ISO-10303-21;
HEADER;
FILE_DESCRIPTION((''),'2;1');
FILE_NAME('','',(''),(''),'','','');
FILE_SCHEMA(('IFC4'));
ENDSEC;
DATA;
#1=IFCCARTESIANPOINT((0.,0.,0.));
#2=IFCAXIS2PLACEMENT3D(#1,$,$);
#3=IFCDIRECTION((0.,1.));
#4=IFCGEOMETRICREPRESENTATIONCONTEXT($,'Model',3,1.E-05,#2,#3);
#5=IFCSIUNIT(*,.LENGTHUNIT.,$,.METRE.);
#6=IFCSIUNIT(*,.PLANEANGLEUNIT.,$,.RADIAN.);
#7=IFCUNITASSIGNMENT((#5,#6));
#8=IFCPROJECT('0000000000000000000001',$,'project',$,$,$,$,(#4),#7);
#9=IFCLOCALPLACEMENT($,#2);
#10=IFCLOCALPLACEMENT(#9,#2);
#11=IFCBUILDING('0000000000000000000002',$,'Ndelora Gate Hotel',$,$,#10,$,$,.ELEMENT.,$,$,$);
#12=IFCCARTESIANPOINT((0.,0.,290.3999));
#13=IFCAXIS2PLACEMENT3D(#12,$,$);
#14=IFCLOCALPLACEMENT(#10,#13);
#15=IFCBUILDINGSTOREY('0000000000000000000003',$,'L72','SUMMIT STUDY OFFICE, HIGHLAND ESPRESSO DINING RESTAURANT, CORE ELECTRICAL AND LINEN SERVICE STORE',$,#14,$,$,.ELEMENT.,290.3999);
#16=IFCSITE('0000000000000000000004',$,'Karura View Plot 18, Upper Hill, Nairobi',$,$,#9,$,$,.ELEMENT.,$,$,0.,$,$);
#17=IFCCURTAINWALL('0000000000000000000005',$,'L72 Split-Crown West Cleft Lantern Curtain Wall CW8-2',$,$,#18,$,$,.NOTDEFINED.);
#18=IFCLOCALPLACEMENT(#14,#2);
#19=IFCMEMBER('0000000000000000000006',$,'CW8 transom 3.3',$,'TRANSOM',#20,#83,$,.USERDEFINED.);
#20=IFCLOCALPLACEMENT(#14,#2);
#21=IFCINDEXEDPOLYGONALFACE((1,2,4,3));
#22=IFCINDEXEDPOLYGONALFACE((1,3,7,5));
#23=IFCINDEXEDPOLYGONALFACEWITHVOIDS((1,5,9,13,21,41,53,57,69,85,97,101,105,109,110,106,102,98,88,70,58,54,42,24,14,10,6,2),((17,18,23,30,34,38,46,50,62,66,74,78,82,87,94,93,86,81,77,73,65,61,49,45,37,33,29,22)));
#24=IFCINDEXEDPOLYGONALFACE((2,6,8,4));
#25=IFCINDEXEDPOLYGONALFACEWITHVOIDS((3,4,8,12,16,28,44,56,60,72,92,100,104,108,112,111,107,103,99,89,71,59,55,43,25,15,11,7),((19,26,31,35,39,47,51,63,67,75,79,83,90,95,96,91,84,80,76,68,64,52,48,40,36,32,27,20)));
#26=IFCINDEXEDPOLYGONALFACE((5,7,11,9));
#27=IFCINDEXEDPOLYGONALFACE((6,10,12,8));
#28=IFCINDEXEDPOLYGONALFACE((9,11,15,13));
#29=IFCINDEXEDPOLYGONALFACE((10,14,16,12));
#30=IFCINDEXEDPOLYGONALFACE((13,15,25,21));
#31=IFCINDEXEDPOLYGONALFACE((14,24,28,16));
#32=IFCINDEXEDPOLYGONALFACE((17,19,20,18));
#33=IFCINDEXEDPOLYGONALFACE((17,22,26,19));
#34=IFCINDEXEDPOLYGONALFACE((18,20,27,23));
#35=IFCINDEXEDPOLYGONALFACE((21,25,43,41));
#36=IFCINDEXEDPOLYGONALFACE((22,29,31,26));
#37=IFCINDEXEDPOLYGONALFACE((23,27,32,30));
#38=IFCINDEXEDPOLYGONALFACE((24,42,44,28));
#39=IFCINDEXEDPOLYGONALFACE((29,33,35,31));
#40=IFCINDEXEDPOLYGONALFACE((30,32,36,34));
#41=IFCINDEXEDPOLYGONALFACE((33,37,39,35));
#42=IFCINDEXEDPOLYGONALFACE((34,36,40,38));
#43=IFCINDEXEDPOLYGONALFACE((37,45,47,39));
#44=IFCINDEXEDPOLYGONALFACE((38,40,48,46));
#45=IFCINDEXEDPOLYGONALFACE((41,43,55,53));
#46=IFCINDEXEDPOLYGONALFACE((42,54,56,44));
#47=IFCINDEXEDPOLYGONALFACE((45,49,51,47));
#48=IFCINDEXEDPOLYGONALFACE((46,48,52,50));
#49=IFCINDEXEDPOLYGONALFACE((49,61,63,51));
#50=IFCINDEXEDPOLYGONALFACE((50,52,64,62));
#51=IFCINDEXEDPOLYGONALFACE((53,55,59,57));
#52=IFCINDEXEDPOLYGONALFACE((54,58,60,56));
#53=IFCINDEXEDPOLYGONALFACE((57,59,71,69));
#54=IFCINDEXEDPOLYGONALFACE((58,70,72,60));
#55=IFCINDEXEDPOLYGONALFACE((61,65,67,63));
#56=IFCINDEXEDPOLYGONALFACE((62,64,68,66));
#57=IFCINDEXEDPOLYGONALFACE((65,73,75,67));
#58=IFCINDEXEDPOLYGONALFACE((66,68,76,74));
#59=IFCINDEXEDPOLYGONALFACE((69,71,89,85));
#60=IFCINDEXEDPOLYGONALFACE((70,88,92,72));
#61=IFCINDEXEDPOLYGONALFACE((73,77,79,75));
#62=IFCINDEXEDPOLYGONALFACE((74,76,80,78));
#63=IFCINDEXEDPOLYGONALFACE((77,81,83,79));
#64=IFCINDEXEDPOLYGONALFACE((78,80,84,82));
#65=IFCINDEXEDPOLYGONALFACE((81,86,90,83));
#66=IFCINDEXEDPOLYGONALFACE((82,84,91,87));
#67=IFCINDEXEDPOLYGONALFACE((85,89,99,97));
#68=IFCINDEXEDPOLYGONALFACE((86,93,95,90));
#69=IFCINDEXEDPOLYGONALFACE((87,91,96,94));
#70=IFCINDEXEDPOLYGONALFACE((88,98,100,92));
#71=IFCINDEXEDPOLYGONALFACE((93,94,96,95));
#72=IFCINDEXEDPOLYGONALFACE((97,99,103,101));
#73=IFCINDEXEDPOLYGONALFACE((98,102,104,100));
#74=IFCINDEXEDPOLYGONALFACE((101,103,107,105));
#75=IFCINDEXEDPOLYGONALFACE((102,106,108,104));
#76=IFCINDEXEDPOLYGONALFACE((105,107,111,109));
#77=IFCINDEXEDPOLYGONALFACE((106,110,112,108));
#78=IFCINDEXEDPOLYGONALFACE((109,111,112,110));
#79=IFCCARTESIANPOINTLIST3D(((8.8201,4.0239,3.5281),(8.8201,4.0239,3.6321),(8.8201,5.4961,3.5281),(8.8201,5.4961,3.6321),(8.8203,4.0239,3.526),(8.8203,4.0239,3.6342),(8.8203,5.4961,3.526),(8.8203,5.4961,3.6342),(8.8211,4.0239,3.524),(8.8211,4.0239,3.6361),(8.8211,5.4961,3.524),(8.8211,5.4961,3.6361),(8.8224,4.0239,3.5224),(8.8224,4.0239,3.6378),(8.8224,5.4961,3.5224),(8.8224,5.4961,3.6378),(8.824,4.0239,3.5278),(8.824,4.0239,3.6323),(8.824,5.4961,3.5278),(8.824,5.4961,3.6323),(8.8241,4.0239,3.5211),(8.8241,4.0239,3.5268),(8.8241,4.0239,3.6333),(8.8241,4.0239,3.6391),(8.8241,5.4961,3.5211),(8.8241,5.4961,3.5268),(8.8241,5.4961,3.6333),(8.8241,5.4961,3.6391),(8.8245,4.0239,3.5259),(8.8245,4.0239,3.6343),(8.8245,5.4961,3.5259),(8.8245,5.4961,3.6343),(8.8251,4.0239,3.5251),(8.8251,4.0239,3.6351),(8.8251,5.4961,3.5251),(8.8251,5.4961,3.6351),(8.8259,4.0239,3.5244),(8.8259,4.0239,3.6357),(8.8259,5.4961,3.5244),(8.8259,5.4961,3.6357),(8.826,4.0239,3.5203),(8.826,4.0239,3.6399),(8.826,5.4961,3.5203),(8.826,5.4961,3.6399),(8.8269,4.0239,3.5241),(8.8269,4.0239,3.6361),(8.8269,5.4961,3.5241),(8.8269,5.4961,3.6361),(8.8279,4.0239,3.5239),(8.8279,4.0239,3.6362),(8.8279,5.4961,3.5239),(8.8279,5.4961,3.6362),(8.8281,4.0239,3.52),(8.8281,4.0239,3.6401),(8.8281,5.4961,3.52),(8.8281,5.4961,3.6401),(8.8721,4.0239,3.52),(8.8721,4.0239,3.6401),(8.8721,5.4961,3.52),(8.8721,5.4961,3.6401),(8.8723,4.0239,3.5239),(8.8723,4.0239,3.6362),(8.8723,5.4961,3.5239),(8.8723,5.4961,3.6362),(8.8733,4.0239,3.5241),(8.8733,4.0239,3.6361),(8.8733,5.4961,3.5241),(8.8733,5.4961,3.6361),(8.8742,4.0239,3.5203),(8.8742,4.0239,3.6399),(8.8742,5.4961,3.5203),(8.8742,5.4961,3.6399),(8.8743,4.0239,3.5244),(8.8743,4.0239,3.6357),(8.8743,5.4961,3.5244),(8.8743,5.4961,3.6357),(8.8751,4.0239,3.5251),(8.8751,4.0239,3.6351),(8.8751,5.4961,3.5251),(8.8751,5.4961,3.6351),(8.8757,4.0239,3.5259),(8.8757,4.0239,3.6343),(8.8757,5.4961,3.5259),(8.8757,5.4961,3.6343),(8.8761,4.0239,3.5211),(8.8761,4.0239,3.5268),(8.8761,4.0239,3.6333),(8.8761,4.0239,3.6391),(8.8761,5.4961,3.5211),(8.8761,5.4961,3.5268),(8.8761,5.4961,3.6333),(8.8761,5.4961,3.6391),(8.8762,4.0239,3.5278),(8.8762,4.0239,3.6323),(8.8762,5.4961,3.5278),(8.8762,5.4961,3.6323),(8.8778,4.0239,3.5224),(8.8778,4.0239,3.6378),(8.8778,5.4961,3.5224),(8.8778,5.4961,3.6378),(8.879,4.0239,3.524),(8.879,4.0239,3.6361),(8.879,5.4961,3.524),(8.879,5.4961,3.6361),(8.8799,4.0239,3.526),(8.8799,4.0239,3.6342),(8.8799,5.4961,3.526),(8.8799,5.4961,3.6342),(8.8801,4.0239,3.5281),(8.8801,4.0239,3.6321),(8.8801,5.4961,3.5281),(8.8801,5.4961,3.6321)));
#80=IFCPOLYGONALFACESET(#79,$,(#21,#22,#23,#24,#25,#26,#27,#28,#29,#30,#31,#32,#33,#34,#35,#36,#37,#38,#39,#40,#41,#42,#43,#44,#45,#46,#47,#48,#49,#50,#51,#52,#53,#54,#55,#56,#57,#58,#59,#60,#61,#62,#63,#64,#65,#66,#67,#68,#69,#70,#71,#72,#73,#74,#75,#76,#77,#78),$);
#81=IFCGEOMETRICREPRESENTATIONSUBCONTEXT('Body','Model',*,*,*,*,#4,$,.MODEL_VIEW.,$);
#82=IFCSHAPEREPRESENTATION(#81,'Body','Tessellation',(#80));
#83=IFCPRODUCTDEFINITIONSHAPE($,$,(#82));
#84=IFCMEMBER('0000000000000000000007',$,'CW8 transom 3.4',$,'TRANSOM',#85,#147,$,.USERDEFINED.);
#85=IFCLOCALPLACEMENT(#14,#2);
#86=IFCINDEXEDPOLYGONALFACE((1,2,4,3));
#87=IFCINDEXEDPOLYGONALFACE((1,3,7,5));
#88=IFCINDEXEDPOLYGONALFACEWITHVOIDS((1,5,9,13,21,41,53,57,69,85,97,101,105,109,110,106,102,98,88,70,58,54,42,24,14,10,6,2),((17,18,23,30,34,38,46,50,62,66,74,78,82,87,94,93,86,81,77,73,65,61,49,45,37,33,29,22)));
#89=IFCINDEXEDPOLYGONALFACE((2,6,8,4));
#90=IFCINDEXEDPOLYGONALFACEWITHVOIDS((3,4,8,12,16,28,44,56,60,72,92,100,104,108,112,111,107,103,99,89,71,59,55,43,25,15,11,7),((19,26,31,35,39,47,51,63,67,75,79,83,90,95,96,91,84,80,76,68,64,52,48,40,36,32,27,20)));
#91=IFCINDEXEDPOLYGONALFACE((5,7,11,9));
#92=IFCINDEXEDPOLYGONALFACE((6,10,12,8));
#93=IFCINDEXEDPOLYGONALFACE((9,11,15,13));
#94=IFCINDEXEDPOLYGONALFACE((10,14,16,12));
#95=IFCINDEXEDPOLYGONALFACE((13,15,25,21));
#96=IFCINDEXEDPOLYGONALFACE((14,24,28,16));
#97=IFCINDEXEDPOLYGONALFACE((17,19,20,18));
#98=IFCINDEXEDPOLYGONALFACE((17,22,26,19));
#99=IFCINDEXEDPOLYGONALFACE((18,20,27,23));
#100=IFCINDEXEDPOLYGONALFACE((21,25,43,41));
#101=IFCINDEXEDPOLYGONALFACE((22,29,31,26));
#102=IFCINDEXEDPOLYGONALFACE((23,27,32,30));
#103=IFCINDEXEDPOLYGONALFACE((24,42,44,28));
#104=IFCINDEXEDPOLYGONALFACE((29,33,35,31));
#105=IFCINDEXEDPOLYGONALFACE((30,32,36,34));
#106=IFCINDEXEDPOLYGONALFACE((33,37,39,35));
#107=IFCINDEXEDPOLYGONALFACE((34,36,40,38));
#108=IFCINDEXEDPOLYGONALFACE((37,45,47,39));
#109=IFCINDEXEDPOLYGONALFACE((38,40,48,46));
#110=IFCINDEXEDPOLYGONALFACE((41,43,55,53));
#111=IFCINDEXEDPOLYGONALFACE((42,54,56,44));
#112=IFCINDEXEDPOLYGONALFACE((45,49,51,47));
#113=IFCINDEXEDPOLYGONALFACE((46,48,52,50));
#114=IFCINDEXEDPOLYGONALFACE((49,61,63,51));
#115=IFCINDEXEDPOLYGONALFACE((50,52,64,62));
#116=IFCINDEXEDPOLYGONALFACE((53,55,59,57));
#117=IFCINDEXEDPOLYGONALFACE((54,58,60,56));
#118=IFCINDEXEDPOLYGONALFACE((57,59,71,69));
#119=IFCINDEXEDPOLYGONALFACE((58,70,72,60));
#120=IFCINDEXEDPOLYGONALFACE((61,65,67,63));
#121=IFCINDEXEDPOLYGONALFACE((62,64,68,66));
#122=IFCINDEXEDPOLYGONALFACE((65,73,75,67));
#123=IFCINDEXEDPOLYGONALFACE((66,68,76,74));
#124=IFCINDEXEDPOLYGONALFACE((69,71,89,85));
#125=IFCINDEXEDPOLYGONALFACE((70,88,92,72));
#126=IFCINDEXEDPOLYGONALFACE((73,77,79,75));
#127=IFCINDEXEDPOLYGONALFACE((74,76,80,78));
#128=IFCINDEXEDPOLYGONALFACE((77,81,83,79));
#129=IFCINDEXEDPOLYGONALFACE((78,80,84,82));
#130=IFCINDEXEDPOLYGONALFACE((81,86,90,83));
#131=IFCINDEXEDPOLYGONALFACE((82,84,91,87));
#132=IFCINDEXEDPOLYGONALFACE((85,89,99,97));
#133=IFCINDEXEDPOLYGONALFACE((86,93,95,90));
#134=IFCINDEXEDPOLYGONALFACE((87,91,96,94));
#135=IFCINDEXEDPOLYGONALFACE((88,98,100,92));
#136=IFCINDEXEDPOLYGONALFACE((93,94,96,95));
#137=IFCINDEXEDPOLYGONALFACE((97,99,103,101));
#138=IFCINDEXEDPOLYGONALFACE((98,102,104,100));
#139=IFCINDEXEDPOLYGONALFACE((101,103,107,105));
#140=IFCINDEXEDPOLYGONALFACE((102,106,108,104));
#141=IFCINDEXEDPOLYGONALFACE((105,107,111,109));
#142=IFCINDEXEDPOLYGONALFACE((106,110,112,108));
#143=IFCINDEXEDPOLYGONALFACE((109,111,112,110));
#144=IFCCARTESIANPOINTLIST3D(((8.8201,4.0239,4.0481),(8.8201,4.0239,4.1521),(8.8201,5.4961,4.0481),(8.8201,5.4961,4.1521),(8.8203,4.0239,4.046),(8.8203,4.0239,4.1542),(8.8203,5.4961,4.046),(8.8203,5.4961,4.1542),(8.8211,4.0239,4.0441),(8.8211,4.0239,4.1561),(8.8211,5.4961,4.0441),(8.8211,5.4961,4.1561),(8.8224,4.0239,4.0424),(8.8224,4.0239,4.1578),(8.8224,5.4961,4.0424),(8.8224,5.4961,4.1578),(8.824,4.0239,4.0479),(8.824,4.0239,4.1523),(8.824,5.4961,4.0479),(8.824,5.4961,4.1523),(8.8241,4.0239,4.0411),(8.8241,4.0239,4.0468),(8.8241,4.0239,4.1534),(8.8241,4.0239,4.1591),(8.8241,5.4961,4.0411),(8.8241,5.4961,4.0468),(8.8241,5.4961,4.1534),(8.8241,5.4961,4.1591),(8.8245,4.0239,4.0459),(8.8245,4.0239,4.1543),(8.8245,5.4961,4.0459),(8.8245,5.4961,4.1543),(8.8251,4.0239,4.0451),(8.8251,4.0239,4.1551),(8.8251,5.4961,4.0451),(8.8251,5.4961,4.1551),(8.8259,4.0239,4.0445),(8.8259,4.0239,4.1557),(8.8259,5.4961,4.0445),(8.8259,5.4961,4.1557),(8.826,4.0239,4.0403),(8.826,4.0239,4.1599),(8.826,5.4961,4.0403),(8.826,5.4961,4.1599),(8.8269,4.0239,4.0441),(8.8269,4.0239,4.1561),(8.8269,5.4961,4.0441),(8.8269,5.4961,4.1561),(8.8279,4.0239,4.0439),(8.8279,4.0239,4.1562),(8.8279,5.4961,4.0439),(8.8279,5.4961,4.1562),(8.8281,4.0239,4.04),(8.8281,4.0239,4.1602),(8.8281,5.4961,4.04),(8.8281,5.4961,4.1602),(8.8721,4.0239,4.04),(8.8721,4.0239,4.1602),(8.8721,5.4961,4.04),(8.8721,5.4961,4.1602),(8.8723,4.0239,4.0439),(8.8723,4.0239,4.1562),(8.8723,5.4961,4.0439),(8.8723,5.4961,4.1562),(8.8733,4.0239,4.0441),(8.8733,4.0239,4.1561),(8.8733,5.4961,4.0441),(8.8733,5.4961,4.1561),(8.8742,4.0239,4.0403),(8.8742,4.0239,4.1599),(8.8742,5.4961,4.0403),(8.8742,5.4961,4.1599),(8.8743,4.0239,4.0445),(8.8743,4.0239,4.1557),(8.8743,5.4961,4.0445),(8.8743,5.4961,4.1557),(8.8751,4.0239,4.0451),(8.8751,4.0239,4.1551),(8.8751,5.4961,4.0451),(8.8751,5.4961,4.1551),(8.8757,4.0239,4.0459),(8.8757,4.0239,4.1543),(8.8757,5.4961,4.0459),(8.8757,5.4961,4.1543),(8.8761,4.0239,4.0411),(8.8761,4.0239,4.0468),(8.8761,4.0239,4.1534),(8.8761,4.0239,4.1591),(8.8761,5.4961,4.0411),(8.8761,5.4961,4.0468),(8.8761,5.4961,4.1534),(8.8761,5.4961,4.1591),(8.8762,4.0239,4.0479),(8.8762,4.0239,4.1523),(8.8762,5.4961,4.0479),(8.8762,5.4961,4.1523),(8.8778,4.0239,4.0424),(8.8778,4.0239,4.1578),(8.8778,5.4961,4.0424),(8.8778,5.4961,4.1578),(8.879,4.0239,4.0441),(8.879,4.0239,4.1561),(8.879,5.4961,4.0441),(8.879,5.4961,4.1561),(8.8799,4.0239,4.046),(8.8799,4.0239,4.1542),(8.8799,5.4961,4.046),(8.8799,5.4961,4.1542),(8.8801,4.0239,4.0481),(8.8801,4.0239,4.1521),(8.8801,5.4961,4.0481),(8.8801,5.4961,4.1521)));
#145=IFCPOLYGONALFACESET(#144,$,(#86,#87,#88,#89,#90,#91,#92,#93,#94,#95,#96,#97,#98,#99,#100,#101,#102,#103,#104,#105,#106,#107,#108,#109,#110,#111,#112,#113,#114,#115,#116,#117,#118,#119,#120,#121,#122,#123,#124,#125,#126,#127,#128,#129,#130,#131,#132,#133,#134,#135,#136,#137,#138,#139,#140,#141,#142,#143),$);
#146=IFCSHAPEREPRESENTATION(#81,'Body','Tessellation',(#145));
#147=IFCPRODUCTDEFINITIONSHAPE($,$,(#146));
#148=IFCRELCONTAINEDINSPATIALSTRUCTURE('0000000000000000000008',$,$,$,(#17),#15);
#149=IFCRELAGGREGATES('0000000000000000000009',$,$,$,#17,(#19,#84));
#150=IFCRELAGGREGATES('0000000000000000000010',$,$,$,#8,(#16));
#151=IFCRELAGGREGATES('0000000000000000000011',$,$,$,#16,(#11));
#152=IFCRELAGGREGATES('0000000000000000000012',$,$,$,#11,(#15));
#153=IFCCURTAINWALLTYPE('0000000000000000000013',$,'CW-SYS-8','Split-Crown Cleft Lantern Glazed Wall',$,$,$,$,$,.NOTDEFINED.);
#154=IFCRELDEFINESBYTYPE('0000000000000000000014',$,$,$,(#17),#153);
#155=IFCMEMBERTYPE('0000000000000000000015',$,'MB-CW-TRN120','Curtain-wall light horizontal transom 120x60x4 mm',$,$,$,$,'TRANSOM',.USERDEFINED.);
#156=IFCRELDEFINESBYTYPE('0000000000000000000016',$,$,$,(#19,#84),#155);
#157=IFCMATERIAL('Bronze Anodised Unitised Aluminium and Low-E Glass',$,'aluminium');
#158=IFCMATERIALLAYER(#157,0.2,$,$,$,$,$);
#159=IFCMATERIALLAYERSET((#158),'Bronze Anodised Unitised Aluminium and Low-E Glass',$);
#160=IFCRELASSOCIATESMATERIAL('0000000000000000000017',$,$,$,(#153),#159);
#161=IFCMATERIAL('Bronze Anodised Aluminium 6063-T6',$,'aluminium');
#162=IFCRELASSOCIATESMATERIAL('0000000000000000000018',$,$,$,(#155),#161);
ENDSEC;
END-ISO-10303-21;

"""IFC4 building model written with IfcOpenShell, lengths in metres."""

from ifc_helpers import new_model, si_unit, direction, frame, origin, origin_2d, place, context, subcontext, project, spatial, hollow_rectangle, extrude, material, layer, layer_set, material_profile, profile_set, type_object, element, aggregate, save


model = new_model("IFC4")

# Units and contexts
model_context = context("Model", 3, precision=1e-05, world=origin(), true_north=direction((0.0, 1.0)))
body_context = subcontext(model_context, "Body", "Model", "MODEL_VIEW")
ifc_project = project(units=[si_unit("LENGTHUNIT", "METRE"), si_unit("PLANEANGLEUNIT", "RADIAN")], contexts=[model_context])

# Site, building, storey
site_placement = place(None, origin())
site = spatial("IfcSite", under=ifc_project, at=site_placement, Name="Karura View Plot 18, Upper Hill, Nairobi", CompositionType="ELEMENT", RefElevation=0.0)
building_placement = place(site_placement, origin())
building = spatial("IfcBuilding", under=site, at=building_placement, Name="Ndelora Gate Hotel", CompositionType="ELEMENT")
storey_placement = place(building_placement, frame((0.0, 0.0, 290.3999)))
storey = spatial("IfcBuildingStorey", under=building, at=storey_placement, Name="L72", Description="SUMMIT STUDY OFFICE, HIGHLAND ESPRESSO DINING RESTAURANT, CORE ELECTRICAL AND LINEN SERVICE STORE", CompositionType="ELEMENT", Elevation=290.3999)

# Curtain wall
ifc_material_1 = material(Name="Bronze Anodised Unitised Aluminium and Low-E Glass", Category="aluminium")
ifc_layer_1 = layer(ifc_material_1, 0.2)
ifc_layer_set_1 = layer_set([ifc_layer_1], Name="Bronze Anodised Unitised Aluminium and Low-E Glass")
curtain_wall_type = type_object("IfcCurtainWallType", Name="CW-SYS-8", Description="Split-Crown Cleft Lantern Glazed Wall", PredefinedType="NOTDEFINED", material=ifc_layer_set_1)
curtain_wall_1_placement = place(storey_placement, origin())
curtain_wall_1 = element("IfcCurtainWall", 1, at=curtain_wall_1_placement, inside=storey, type_object=curtain_wall_type, Name="L72 Split-Crown West Cleft Lantern Curtain Wall CW8-2", PredefinedType="NOTDEFINED")
ifc_material_2 = material(Name="Bronze Anodised Aluminium 6063-T6", Category="aluminium")

# Members
ifc_material_profile_1 = material_profile(ifc_material_2, hollow_rectangle(XDim=0.0601, YDim=0.1201, WallThickness=0.0039, InnerFilletRadius=0.0039, OuterFilletRadius=0.0081, at=origin_2d()), Name="ALU 120x60x4")
ifc_profile_set_1 = profile_set([ifc_material_profile_1], Name="Bronze Anodised Aluminium 6063-T6")
member_type_1 = type_object("IfcMemberType", Name="MB-CW-TRN120", Description="Curtain-wall light horizontal transom 120x60x4 mm", ElementType="TRANSOM", PredefinedType="USERDEFINED", material=ifc_profile_set_1)
member_1_placement = place(storey_placement, frame((8.8501, 4.0239, 3.5801), z_axis=(0.0, 1.0, 0.0), x_axis=(-1.0, 0.0, 0.0)))
member_1 = element("IfcMember", 2, at=member_1_placement, type_object=member_type_1, Name="CW8 transom 3.3", ObjectType="TRANSOM", PredefinedType="USERDEFINED", context=body_context, shape_type="SweptSolid", body=[
    extrude(hollow_rectangle(XDim=0.0601, YDim=0.1201, WallThickness=0.0039, InnerFilletRadius=0.0039, OuterFilletRadius=0.0081, at=origin_2d()), origin(), (0.0, 0.0, 1.0), 1.4722),
])
member_2_placement = place(storey_placement, frame((8.8501, 4.0239, 4.1001), z_axis=(0.0, 1.0, 0.0), x_axis=(-1.0, 0.0, 0.0)))
member_2 = element("IfcMember", 3, at=member_2_placement, type_object=member_type_1, Name="CW8 transom 3.4", ObjectType="TRANSOM", PredefinedType="USERDEFINED", context=body_context, shape_type="SweptSolid", body=[
    extrude(hollow_rectangle(XDim=0.0601, YDim=0.1201, WallThickness=0.0039, InnerFilletRadius=0.0039, OuterFilletRadius=0.0081, at=origin_2d()), origin(), (0.0, 0.0, 1.0), 1.4722),
])

aggregate(curtain_wall_1, [member_1, member_2])

save(model, "model.ifc")
